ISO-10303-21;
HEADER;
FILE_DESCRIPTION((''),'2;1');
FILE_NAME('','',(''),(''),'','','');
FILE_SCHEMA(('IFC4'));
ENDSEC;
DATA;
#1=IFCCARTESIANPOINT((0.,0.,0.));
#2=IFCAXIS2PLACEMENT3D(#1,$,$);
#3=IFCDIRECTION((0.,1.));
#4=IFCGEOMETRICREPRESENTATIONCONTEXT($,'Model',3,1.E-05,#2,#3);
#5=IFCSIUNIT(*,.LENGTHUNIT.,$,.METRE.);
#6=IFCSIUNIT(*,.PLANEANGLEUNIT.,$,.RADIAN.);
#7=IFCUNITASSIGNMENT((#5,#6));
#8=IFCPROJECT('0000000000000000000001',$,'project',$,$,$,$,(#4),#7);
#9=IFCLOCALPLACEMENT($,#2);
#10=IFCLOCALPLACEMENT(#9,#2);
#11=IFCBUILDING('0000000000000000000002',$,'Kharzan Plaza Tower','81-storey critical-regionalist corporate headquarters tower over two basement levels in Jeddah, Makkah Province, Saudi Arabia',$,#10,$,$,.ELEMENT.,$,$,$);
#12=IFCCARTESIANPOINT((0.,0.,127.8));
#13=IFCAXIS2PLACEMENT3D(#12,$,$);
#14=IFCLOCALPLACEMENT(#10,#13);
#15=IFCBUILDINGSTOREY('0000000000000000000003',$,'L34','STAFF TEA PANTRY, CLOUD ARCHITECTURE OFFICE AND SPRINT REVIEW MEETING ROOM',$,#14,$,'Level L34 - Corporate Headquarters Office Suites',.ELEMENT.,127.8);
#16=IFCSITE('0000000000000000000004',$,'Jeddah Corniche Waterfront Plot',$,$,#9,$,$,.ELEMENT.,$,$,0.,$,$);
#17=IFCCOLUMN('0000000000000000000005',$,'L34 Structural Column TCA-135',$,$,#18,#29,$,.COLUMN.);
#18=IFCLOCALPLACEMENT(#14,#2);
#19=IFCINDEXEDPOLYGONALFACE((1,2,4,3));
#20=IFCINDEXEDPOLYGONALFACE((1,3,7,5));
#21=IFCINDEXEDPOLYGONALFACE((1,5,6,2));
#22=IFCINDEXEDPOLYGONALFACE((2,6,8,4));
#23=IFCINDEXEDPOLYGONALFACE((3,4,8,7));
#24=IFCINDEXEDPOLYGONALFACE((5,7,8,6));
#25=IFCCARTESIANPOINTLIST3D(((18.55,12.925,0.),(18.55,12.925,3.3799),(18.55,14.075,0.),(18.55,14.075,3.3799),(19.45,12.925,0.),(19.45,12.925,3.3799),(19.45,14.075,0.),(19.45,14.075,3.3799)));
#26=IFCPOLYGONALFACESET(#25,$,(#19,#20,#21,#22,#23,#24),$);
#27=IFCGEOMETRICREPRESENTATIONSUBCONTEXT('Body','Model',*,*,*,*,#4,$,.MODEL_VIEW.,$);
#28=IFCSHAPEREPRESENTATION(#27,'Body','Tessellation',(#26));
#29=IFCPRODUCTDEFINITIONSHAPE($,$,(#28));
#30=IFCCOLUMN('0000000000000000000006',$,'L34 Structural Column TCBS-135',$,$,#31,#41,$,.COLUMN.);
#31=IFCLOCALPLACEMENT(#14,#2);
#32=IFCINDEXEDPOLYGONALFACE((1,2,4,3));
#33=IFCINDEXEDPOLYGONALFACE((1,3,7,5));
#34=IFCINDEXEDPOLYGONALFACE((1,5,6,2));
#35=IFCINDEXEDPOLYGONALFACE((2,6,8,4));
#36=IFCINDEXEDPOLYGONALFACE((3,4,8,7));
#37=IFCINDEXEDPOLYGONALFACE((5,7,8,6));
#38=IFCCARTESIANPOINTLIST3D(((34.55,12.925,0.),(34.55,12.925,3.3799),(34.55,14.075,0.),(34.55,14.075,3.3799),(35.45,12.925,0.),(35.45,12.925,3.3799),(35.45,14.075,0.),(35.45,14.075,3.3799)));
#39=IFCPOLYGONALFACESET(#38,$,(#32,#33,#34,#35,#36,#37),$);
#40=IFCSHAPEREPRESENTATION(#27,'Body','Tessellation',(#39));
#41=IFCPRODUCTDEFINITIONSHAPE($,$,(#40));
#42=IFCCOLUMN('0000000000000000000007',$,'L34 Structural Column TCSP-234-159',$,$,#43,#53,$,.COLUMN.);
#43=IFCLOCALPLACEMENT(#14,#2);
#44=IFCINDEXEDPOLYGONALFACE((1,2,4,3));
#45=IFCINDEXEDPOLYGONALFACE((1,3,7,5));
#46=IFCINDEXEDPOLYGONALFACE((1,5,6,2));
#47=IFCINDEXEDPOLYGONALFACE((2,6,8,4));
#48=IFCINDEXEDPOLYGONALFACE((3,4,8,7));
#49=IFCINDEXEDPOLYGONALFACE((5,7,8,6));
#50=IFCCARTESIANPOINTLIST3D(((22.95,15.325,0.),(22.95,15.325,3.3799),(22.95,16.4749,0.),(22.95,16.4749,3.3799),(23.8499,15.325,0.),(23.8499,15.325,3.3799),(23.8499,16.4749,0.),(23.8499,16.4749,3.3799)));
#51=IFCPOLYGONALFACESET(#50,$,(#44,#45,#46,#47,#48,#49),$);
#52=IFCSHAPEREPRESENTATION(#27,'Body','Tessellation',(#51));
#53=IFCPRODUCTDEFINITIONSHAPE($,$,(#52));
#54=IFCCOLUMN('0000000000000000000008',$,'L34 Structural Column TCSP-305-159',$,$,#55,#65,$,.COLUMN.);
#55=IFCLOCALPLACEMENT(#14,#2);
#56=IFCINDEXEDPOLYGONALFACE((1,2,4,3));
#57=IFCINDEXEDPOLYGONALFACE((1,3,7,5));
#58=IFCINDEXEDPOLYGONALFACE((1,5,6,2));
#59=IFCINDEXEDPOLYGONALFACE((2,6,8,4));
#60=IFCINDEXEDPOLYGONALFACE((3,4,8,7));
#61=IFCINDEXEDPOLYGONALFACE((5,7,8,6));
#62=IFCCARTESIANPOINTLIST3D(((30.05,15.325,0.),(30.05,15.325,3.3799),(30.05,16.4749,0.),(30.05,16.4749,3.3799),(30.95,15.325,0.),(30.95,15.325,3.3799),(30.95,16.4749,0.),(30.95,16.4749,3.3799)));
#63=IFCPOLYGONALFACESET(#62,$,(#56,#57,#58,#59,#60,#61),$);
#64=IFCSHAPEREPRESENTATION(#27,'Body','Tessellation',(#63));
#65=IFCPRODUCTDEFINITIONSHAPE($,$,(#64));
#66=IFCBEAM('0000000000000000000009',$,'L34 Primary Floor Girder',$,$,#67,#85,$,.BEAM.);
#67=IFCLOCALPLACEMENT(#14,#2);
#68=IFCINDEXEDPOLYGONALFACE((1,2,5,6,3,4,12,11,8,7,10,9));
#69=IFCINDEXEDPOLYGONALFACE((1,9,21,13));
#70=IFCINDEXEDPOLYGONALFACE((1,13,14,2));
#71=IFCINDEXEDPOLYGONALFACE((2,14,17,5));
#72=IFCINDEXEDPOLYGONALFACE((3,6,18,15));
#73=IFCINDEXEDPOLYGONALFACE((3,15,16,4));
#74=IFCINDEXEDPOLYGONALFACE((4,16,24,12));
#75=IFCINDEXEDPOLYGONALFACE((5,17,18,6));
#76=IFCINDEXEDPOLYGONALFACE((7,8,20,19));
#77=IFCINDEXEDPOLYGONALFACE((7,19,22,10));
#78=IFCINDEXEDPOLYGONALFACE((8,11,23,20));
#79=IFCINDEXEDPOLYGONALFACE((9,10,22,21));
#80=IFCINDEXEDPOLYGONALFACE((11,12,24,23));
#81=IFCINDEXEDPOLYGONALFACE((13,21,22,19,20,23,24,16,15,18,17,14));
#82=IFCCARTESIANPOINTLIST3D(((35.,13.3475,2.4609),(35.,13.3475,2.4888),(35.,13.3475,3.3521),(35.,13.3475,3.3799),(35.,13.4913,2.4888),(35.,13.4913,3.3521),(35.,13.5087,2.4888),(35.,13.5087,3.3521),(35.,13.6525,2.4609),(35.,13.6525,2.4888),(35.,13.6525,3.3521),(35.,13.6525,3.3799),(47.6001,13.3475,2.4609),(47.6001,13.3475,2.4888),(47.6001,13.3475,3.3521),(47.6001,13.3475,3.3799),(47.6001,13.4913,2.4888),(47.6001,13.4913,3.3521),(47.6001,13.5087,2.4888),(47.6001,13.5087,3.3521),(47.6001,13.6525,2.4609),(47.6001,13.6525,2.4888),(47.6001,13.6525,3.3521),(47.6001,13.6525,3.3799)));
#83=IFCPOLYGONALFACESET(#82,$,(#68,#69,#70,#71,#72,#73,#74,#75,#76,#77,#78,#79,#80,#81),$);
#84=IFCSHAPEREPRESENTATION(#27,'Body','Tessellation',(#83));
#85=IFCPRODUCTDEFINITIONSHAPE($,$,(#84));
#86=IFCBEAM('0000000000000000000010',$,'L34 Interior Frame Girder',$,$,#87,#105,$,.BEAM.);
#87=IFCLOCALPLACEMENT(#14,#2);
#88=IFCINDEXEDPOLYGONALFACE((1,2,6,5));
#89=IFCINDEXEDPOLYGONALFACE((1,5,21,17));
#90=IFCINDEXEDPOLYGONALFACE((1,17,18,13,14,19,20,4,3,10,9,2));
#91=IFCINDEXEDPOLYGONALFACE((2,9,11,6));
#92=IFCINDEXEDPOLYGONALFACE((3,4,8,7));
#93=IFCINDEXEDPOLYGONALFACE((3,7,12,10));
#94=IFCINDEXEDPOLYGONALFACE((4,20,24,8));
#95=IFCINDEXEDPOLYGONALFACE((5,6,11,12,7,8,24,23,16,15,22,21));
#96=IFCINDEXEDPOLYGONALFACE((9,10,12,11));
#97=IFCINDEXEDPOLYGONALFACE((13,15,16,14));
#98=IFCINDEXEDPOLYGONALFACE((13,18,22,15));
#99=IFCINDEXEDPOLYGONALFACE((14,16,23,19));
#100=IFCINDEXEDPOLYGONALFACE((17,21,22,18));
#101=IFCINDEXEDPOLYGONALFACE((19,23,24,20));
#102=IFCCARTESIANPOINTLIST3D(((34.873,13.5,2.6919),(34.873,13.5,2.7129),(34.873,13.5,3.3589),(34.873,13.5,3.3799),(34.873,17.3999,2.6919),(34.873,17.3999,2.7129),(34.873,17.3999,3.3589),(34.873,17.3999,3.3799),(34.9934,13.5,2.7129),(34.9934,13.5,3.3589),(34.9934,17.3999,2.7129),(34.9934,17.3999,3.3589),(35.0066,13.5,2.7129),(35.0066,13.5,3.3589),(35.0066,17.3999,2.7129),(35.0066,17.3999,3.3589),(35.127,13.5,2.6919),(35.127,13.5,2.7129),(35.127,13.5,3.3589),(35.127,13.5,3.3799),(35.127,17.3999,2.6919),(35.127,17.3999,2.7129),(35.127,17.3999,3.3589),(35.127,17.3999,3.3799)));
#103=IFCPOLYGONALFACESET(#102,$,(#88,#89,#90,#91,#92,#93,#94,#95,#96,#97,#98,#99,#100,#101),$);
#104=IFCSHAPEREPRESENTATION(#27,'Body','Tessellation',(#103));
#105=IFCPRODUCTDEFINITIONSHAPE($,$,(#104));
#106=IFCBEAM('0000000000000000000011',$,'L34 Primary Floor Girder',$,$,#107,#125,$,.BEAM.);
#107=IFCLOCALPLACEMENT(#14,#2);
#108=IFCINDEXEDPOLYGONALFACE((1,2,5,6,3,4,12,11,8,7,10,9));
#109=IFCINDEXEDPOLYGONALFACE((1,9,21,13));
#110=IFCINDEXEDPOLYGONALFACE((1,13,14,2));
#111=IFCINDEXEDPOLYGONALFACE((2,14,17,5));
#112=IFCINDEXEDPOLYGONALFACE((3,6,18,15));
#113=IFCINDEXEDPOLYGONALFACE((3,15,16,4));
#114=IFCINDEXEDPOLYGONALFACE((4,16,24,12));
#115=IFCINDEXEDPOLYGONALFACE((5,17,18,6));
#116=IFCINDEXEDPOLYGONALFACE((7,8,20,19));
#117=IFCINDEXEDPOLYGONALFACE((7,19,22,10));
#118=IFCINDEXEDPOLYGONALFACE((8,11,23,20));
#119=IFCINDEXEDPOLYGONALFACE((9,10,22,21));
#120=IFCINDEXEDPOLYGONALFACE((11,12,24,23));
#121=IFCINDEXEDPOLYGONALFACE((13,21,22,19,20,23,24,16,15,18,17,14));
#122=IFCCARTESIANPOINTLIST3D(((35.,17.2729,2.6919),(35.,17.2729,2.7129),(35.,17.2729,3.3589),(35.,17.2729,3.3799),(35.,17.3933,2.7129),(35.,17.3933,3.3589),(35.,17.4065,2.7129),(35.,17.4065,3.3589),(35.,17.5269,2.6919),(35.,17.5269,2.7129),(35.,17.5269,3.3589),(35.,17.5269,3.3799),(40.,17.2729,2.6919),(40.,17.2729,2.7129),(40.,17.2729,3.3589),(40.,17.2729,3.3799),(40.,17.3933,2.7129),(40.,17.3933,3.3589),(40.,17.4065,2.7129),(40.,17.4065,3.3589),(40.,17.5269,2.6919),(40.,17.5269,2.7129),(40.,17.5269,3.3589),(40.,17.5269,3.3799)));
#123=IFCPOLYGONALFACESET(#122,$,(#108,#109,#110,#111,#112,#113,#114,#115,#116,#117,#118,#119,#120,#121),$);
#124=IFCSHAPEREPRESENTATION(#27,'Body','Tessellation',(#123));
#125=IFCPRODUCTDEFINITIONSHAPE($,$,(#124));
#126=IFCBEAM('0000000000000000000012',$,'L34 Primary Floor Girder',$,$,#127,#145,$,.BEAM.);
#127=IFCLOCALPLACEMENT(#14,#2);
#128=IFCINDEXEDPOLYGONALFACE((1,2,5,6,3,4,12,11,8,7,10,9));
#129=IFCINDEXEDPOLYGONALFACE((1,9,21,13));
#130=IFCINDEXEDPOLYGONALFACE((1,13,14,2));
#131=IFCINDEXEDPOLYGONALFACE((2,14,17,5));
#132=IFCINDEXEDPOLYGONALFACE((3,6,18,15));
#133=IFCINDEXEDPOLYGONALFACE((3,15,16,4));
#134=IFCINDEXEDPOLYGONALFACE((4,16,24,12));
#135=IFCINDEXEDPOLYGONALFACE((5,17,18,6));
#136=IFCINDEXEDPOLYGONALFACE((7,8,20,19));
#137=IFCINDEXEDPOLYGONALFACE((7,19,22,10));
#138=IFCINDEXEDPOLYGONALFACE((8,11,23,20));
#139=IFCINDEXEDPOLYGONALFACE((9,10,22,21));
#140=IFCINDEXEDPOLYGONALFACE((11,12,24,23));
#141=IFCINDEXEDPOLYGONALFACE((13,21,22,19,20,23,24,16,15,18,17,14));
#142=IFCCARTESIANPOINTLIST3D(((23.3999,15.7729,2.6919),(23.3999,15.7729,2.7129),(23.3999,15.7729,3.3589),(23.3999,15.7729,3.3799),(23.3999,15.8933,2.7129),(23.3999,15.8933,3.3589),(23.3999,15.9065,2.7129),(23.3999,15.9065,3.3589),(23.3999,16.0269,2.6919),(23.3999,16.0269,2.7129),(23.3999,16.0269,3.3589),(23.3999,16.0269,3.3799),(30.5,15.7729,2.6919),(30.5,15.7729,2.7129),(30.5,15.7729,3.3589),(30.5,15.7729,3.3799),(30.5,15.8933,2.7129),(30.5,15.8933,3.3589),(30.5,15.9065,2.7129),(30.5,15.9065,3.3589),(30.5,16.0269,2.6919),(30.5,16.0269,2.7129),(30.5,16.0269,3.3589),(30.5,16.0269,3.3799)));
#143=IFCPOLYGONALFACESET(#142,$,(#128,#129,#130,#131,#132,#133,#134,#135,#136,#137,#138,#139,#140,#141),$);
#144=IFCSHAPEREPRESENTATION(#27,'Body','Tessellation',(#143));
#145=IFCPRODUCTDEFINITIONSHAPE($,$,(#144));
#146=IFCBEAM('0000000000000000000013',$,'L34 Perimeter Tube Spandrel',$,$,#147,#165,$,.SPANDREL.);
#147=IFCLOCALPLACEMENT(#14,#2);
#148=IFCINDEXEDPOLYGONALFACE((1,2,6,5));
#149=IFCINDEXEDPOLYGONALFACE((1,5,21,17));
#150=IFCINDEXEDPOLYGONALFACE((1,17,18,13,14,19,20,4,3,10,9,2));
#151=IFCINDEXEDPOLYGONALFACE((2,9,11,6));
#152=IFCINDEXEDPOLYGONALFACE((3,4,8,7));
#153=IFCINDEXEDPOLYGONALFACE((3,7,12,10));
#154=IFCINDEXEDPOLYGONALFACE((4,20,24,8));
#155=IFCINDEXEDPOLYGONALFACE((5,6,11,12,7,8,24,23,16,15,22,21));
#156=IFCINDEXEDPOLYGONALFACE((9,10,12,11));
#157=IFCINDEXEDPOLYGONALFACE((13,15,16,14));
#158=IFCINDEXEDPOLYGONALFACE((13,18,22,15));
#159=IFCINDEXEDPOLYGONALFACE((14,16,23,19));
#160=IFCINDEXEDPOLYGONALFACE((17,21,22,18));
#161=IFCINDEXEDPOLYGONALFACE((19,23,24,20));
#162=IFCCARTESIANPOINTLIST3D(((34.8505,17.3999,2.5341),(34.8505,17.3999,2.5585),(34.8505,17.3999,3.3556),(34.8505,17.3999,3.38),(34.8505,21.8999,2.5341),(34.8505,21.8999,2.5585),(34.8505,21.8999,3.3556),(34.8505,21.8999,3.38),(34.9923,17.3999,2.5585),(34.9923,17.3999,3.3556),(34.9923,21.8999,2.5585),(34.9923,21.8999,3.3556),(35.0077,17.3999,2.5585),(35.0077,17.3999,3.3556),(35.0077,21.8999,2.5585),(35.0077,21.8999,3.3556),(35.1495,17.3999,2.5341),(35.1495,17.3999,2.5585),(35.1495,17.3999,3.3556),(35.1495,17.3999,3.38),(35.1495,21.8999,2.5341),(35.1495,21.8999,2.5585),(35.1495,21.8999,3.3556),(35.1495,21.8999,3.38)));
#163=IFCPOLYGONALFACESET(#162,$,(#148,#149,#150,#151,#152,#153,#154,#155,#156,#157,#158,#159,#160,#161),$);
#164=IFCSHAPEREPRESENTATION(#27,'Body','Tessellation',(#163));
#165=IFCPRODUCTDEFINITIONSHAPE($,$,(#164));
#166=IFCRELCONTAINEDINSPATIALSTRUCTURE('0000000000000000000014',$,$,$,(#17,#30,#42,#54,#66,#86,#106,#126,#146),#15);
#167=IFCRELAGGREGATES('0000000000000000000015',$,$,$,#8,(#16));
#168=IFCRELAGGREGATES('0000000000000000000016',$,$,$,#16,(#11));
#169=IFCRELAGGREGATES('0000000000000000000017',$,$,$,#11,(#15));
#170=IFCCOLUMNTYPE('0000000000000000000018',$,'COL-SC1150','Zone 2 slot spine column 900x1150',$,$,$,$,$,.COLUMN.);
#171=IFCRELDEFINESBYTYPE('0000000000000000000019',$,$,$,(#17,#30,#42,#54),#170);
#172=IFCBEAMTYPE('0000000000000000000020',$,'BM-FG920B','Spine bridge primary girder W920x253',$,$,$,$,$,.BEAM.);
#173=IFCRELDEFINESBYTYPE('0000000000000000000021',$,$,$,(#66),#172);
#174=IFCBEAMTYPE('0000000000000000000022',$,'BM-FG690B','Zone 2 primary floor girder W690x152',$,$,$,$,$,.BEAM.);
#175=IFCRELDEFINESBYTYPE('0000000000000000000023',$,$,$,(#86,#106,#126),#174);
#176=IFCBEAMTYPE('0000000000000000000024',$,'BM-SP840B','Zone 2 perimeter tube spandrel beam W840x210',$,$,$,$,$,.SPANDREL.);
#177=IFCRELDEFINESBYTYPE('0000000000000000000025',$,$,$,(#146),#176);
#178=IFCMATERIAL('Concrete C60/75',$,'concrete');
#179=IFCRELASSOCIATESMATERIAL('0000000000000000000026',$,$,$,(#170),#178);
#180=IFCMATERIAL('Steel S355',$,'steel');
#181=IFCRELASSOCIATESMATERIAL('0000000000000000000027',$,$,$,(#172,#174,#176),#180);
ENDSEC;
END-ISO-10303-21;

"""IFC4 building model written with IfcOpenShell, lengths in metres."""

from ifc_helpers import new_model, si_unit, direction, frame, origin, origin_2d, place, context, subcontext, project, spatial, rectangle, i_section, extrude, source, transform, mapped, material, material_profile, profile_set, type_object, element, save


model = new_model("IFC4")

# Units and contexts
model_context = context("Model", 3, precision=1e-05, world=origin(), true_north=direction((0.0, 1.0)))
body_context = subcontext(model_context, "Body", "Model", "MODEL_VIEW")
ifc_project = project(units=[si_unit("LENGTHUNIT", "METRE"), si_unit("PLANEANGLEUNIT", "RADIAN")], contexts=[model_context])

# Site, building, storey
site_placement = place(None, origin())
site = spatial("IfcSite", under=ifc_project, at=site_placement, Name="Jeddah Corniche Waterfront Plot", CompositionType="ELEMENT", RefElevation=0.0)
building_placement = place(site_placement, origin())
building = spatial("IfcBuilding", under=site, at=building_placement, Name="Kharzan Plaza Tower", Description="81-storey critical-regionalist corporate headquarters tower over two basement levels in Jeddah, Makkah Province, Saudi Arabia", CompositionType="ELEMENT")
storey_placement = place(building_placement, frame((0.0, 0.0, 127.8)))
storey = spatial("IfcBuildingStorey", under=building, at=storey_placement, Name="L34", Description="STAFF TEA PANTRY, CLOUD ARCHITECTURE OFFICE AND SPRINT REVIEW MEETING ROOM", LongName="Level L34 - Corporate Headquarters Office Suites", CompositionType="ELEMENT", Elevation=127.8)

# Columns
ifc_material_1 = material(Name="Concrete C60/75", Category="concrete")
ifc_material_profile_1 = material_profile(ifc_material_1, rectangle(XDim=0.8999, YDim=1.1499, at=origin_2d()), Name="RC-SC1150x900")
ifc_profile_set_1 = profile_set([ifc_material_profile_1], Name="Concrete C60/75")
column_type = type_object("IfcColumnType", Name="COL-SC1150", Description="Zone 2 slot spine column 900x1150", PredefinedType="COLUMN", material=ifc_profile_set_1)
shared_shape_1 = source(origin(), body_context, "Body", "SweptSolid", [
    extrude(rectangle(XDim=0.8999, YDim=1.1499, at=origin_2d()), origin(), (0.0, 0.0, 1.0), 3.3799),
])
for number, where, z_axis, x_axis, name in (
    (1, (19.0, 13.5, 0.0), (0.0, 0.0, 1.0), (1.0, 0.0, 0.0), "L34 Structural Column TCA-135"),
    (2, (35.0, 13.5, 0.0), (0.0, 0.0, 1.0), (1.0, 0.0, 0.0), "L34 Structural Column TCBS-135"),
    (3, (23.3999, 15.8999, 0.0), (0.0, 0.0, 1.0), (1.0, 0.0, 0.0), "L34 Structural Column TCSP-234-159"),
    (4, (30.5, 15.8999, 0.0), (0.0, 0.0, 1.0), (1.0, 0.0, 0.0), "L34 Structural Column TCSP-305-159"),
):
    element("IfcColumn", number, at=place(storey_placement, frame(where, z_axis=z_axis, x_axis=x_axis)), inside=storey, type_object=column_type, Name=name, PredefinedType="COLUMN", context=body_context, shape_type="MappedRepresentation", body=[
        mapped(shared_shape_1, transform((0.0, 0.0, 0.0), x_axis=(1.0, 0.0, 0.0), y_axis=(0.0, 1.0, 0.0), z_axis=(0.0, 0.0, 1.0))),
    ])

# Beams
ifc_material_2 = material(Name="Steel S355", Category="steel")
ifc_material_profile_2 = material_profile(ifc_material_2, i_section(OverallWidth=0.3049, OverallDepth=0.9189, WebThickness=0.0173, FlangeThickness=0.0278, at=origin_2d()), Name="W920x253")
ifc_profile_set_2 = profile_set([ifc_material_profile_2], Name="Steel S355")
beam_type_1 = type_object("IfcBeamType", Name="BM-FG920B", Description="Spine bridge primary girder W920x253", PredefinedType="BEAM", material=ifc_profile_set_2)
shared_shape_2 = source(origin(), body_context, "Body", "SweptSolid", [
    extrude(i_section(OverallWidth=0.3049, OverallDepth=0.9189, WebThickness=0.0173, FlangeThickness=0.0278, at=origin_2d()), origin(), (0.0, 0.0, 1.0), 12.6001),
])
beam_1_placement = place(storey_placement, frame((35.0, 13.5, 2.9204), z_axis=(1.0, 0.0, 0.0), x_axis=(0.0, 1.0, 0.0)))
element("IfcBeam", 5, at=beam_1_placement, inside=storey, type_object=beam_type_1, Name="L34 Primary Floor Girder", PredefinedType="BEAM", context=body_context, shape_type="MappedRepresentation", body=[
    mapped(shared_shape_2, transform((0.0, 0.0, 0.0), x_axis=(1.0, 0.0, 0.0), y_axis=(0.0, 1.0, 0.0), z_axis=(0.0, 0.0, 1.0))),
])
ifc_material_profile_3 = material_profile(ifc_material_2, i_section(OverallWidth=0.2539, OverallDepth=0.688, WebThickness=0.0132, FlangeThickness=0.021, at=origin_2d()), Name="W690x152")
ifc_profile_set_3 = profile_set([ifc_material_profile_3], Name="Steel S355")
beam_type_2 = type_object("IfcBeamType", Name="BM-FG690B", Description="Zone 2 primary floor girder W690x152", PredefinedType="BEAM", material=ifc_profile_set_3)
shared_shape_3 = source(origin(), body_context, "Body", "SweptSolid", [
    extrude(i_section(OverallWidth=0.2539, OverallDepth=0.688, WebThickness=0.0132, FlangeThickness=0.021, at=origin_2d()), origin(), (0.0, 0.0, 1.0), 3.8999),
])
beam_2_placement = place(storey_placement, frame((35.0, 13.5, 3.0359), z_axis=(0.0, 1.0, 0.0), x_axis=(-1.0, 0.0, 0.0)))
element("IfcBeam", 6, at=beam_2_placement, inside=storey, type_object=beam_type_2, Name="L34 Interior Frame Girder", PredefinedType="BEAM", context=body_context, shape_type="MappedRepresentation", body=[
    mapped(shared_shape_3, transform((0.0, 0.0, 0.0), x_axis=(1.0, 0.0, 0.0), y_axis=(0.0, 1.0, 0.0), z_axis=(0.0, 0.0, 1.0))),
])
shared_shape_4 = source(origin(), body_context, "Body", "SweptSolid", [
    extrude(i_section(OverallWidth=0.2539, OverallDepth=0.688, WebThickness=0.0132, FlangeThickness=0.021, at=origin_2d()), origin(), (0.0, 0.0, 1.0), 5.0),
])
beam_3_placement = place(storey_placement, frame((35.0, 17.3999, 3.0359), z_axis=(1.0, 0.0, 0.0), x_axis=(0.0, 1.0, 0.0)))
element("IfcBeam", 7, at=beam_3_placement, inside=storey, type_object=beam_type_2, Name="L34 Primary Floor Girder", PredefinedType="BEAM", context=body_context, shape_type="MappedRepresentation", body=[
    mapped(shared_shape_4, transform((0.0, 0.0, 0.0), x_axis=(1.0, 0.0, 0.0), y_axis=(0.0, 1.0, 0.0), z_axis=(0.0, 0.0, 1.0))),
])
shared_shape_5 = source(origin(), body_context, "Body", "SweptSolid", [
    extrude(i_section(OverallWidth=0.2539, OverallDepth=0.688, WebThickness=0.0132, FlangeThickness=0.021, at=origin_2d()), origin(), (0.0, 0.0, 1.0), 7.1001),
])
beam_4_placement = place(storey_placement, frame((23.3999, 15.8999, 3.0359), z_axis=(1.0, 0.0, 0.0), x_axis=(0.0, 1.0, 0.0)))
element("IfcBeam", 8, at=beam_4_placement, inside=storey, type_object=beam_type_2, Name="L34 Primary Floor Girder", PredefinedType="BEAM", context=body_context, shape_type="MappedRepresentation", body=[
    mapped(shared_shape_5, transform((0.0, 0.0, 0.0), x_axis=(1.0, 0.0, 0.0), y_axis=(0.0, 1.0, 0.0), z_axis=(0.0, 0.0, 1.0))),
])
ifc_material_profile_4 = material_profile(ifc_material_2, i_section(OverallWidth=0.2991, OverallDepth=0.8459, WebThickness=0.0154, FlangeThickness=0.0244, at=origin_2d()), Name="W840x210")
ifc_profile_set_4 = profile_set([ifc_material_profile_4], Name="Steel S355")
beam_type_3 = type_object("IfcBeamType", Name="BM-SP840B", Description="Zone 2 perimeter tube spandrel beam W840x210", PredefinedType="SPANDREL", material=ifc_profile_set_4)
shared_shape_6 = source(origin(), body_context, "Body", "SweptSolid", [
    extrude(i_section(OverallWidth=0.2991, OverallDepth=0.8459, WebThickness=0.0154, FlangeThickness=0.0244, at=origin_2d()), origin(), (0.0, 0.0, 1.0), 4.5),
])
beam_5_placement = place(storey_placement, frame((35.0, 17.3999, 2.957), z_axis=(0.0, 1.0, 0.0), x_axis=(-1.0, 0.0, 0.0)))
element("IfcBeam", 9, at=beam_5_placement, inside=storey, type_object=beam_type_3, Name="L34 Perimeter Tube Spandrel", PredefinedType="SPANDREL", context=body_context, shape_type="MappedRepresentation", body=[
    mapped(shared_shape_6, transform((0.0, 0.0, 0.0), x_axis=(1.0, 0.0, 0.0), y_axis=(0.0, 1.0, 0.0), z_axis=(0.0, 0.0, 1.0))),
])

save(model, "model.ifc")
